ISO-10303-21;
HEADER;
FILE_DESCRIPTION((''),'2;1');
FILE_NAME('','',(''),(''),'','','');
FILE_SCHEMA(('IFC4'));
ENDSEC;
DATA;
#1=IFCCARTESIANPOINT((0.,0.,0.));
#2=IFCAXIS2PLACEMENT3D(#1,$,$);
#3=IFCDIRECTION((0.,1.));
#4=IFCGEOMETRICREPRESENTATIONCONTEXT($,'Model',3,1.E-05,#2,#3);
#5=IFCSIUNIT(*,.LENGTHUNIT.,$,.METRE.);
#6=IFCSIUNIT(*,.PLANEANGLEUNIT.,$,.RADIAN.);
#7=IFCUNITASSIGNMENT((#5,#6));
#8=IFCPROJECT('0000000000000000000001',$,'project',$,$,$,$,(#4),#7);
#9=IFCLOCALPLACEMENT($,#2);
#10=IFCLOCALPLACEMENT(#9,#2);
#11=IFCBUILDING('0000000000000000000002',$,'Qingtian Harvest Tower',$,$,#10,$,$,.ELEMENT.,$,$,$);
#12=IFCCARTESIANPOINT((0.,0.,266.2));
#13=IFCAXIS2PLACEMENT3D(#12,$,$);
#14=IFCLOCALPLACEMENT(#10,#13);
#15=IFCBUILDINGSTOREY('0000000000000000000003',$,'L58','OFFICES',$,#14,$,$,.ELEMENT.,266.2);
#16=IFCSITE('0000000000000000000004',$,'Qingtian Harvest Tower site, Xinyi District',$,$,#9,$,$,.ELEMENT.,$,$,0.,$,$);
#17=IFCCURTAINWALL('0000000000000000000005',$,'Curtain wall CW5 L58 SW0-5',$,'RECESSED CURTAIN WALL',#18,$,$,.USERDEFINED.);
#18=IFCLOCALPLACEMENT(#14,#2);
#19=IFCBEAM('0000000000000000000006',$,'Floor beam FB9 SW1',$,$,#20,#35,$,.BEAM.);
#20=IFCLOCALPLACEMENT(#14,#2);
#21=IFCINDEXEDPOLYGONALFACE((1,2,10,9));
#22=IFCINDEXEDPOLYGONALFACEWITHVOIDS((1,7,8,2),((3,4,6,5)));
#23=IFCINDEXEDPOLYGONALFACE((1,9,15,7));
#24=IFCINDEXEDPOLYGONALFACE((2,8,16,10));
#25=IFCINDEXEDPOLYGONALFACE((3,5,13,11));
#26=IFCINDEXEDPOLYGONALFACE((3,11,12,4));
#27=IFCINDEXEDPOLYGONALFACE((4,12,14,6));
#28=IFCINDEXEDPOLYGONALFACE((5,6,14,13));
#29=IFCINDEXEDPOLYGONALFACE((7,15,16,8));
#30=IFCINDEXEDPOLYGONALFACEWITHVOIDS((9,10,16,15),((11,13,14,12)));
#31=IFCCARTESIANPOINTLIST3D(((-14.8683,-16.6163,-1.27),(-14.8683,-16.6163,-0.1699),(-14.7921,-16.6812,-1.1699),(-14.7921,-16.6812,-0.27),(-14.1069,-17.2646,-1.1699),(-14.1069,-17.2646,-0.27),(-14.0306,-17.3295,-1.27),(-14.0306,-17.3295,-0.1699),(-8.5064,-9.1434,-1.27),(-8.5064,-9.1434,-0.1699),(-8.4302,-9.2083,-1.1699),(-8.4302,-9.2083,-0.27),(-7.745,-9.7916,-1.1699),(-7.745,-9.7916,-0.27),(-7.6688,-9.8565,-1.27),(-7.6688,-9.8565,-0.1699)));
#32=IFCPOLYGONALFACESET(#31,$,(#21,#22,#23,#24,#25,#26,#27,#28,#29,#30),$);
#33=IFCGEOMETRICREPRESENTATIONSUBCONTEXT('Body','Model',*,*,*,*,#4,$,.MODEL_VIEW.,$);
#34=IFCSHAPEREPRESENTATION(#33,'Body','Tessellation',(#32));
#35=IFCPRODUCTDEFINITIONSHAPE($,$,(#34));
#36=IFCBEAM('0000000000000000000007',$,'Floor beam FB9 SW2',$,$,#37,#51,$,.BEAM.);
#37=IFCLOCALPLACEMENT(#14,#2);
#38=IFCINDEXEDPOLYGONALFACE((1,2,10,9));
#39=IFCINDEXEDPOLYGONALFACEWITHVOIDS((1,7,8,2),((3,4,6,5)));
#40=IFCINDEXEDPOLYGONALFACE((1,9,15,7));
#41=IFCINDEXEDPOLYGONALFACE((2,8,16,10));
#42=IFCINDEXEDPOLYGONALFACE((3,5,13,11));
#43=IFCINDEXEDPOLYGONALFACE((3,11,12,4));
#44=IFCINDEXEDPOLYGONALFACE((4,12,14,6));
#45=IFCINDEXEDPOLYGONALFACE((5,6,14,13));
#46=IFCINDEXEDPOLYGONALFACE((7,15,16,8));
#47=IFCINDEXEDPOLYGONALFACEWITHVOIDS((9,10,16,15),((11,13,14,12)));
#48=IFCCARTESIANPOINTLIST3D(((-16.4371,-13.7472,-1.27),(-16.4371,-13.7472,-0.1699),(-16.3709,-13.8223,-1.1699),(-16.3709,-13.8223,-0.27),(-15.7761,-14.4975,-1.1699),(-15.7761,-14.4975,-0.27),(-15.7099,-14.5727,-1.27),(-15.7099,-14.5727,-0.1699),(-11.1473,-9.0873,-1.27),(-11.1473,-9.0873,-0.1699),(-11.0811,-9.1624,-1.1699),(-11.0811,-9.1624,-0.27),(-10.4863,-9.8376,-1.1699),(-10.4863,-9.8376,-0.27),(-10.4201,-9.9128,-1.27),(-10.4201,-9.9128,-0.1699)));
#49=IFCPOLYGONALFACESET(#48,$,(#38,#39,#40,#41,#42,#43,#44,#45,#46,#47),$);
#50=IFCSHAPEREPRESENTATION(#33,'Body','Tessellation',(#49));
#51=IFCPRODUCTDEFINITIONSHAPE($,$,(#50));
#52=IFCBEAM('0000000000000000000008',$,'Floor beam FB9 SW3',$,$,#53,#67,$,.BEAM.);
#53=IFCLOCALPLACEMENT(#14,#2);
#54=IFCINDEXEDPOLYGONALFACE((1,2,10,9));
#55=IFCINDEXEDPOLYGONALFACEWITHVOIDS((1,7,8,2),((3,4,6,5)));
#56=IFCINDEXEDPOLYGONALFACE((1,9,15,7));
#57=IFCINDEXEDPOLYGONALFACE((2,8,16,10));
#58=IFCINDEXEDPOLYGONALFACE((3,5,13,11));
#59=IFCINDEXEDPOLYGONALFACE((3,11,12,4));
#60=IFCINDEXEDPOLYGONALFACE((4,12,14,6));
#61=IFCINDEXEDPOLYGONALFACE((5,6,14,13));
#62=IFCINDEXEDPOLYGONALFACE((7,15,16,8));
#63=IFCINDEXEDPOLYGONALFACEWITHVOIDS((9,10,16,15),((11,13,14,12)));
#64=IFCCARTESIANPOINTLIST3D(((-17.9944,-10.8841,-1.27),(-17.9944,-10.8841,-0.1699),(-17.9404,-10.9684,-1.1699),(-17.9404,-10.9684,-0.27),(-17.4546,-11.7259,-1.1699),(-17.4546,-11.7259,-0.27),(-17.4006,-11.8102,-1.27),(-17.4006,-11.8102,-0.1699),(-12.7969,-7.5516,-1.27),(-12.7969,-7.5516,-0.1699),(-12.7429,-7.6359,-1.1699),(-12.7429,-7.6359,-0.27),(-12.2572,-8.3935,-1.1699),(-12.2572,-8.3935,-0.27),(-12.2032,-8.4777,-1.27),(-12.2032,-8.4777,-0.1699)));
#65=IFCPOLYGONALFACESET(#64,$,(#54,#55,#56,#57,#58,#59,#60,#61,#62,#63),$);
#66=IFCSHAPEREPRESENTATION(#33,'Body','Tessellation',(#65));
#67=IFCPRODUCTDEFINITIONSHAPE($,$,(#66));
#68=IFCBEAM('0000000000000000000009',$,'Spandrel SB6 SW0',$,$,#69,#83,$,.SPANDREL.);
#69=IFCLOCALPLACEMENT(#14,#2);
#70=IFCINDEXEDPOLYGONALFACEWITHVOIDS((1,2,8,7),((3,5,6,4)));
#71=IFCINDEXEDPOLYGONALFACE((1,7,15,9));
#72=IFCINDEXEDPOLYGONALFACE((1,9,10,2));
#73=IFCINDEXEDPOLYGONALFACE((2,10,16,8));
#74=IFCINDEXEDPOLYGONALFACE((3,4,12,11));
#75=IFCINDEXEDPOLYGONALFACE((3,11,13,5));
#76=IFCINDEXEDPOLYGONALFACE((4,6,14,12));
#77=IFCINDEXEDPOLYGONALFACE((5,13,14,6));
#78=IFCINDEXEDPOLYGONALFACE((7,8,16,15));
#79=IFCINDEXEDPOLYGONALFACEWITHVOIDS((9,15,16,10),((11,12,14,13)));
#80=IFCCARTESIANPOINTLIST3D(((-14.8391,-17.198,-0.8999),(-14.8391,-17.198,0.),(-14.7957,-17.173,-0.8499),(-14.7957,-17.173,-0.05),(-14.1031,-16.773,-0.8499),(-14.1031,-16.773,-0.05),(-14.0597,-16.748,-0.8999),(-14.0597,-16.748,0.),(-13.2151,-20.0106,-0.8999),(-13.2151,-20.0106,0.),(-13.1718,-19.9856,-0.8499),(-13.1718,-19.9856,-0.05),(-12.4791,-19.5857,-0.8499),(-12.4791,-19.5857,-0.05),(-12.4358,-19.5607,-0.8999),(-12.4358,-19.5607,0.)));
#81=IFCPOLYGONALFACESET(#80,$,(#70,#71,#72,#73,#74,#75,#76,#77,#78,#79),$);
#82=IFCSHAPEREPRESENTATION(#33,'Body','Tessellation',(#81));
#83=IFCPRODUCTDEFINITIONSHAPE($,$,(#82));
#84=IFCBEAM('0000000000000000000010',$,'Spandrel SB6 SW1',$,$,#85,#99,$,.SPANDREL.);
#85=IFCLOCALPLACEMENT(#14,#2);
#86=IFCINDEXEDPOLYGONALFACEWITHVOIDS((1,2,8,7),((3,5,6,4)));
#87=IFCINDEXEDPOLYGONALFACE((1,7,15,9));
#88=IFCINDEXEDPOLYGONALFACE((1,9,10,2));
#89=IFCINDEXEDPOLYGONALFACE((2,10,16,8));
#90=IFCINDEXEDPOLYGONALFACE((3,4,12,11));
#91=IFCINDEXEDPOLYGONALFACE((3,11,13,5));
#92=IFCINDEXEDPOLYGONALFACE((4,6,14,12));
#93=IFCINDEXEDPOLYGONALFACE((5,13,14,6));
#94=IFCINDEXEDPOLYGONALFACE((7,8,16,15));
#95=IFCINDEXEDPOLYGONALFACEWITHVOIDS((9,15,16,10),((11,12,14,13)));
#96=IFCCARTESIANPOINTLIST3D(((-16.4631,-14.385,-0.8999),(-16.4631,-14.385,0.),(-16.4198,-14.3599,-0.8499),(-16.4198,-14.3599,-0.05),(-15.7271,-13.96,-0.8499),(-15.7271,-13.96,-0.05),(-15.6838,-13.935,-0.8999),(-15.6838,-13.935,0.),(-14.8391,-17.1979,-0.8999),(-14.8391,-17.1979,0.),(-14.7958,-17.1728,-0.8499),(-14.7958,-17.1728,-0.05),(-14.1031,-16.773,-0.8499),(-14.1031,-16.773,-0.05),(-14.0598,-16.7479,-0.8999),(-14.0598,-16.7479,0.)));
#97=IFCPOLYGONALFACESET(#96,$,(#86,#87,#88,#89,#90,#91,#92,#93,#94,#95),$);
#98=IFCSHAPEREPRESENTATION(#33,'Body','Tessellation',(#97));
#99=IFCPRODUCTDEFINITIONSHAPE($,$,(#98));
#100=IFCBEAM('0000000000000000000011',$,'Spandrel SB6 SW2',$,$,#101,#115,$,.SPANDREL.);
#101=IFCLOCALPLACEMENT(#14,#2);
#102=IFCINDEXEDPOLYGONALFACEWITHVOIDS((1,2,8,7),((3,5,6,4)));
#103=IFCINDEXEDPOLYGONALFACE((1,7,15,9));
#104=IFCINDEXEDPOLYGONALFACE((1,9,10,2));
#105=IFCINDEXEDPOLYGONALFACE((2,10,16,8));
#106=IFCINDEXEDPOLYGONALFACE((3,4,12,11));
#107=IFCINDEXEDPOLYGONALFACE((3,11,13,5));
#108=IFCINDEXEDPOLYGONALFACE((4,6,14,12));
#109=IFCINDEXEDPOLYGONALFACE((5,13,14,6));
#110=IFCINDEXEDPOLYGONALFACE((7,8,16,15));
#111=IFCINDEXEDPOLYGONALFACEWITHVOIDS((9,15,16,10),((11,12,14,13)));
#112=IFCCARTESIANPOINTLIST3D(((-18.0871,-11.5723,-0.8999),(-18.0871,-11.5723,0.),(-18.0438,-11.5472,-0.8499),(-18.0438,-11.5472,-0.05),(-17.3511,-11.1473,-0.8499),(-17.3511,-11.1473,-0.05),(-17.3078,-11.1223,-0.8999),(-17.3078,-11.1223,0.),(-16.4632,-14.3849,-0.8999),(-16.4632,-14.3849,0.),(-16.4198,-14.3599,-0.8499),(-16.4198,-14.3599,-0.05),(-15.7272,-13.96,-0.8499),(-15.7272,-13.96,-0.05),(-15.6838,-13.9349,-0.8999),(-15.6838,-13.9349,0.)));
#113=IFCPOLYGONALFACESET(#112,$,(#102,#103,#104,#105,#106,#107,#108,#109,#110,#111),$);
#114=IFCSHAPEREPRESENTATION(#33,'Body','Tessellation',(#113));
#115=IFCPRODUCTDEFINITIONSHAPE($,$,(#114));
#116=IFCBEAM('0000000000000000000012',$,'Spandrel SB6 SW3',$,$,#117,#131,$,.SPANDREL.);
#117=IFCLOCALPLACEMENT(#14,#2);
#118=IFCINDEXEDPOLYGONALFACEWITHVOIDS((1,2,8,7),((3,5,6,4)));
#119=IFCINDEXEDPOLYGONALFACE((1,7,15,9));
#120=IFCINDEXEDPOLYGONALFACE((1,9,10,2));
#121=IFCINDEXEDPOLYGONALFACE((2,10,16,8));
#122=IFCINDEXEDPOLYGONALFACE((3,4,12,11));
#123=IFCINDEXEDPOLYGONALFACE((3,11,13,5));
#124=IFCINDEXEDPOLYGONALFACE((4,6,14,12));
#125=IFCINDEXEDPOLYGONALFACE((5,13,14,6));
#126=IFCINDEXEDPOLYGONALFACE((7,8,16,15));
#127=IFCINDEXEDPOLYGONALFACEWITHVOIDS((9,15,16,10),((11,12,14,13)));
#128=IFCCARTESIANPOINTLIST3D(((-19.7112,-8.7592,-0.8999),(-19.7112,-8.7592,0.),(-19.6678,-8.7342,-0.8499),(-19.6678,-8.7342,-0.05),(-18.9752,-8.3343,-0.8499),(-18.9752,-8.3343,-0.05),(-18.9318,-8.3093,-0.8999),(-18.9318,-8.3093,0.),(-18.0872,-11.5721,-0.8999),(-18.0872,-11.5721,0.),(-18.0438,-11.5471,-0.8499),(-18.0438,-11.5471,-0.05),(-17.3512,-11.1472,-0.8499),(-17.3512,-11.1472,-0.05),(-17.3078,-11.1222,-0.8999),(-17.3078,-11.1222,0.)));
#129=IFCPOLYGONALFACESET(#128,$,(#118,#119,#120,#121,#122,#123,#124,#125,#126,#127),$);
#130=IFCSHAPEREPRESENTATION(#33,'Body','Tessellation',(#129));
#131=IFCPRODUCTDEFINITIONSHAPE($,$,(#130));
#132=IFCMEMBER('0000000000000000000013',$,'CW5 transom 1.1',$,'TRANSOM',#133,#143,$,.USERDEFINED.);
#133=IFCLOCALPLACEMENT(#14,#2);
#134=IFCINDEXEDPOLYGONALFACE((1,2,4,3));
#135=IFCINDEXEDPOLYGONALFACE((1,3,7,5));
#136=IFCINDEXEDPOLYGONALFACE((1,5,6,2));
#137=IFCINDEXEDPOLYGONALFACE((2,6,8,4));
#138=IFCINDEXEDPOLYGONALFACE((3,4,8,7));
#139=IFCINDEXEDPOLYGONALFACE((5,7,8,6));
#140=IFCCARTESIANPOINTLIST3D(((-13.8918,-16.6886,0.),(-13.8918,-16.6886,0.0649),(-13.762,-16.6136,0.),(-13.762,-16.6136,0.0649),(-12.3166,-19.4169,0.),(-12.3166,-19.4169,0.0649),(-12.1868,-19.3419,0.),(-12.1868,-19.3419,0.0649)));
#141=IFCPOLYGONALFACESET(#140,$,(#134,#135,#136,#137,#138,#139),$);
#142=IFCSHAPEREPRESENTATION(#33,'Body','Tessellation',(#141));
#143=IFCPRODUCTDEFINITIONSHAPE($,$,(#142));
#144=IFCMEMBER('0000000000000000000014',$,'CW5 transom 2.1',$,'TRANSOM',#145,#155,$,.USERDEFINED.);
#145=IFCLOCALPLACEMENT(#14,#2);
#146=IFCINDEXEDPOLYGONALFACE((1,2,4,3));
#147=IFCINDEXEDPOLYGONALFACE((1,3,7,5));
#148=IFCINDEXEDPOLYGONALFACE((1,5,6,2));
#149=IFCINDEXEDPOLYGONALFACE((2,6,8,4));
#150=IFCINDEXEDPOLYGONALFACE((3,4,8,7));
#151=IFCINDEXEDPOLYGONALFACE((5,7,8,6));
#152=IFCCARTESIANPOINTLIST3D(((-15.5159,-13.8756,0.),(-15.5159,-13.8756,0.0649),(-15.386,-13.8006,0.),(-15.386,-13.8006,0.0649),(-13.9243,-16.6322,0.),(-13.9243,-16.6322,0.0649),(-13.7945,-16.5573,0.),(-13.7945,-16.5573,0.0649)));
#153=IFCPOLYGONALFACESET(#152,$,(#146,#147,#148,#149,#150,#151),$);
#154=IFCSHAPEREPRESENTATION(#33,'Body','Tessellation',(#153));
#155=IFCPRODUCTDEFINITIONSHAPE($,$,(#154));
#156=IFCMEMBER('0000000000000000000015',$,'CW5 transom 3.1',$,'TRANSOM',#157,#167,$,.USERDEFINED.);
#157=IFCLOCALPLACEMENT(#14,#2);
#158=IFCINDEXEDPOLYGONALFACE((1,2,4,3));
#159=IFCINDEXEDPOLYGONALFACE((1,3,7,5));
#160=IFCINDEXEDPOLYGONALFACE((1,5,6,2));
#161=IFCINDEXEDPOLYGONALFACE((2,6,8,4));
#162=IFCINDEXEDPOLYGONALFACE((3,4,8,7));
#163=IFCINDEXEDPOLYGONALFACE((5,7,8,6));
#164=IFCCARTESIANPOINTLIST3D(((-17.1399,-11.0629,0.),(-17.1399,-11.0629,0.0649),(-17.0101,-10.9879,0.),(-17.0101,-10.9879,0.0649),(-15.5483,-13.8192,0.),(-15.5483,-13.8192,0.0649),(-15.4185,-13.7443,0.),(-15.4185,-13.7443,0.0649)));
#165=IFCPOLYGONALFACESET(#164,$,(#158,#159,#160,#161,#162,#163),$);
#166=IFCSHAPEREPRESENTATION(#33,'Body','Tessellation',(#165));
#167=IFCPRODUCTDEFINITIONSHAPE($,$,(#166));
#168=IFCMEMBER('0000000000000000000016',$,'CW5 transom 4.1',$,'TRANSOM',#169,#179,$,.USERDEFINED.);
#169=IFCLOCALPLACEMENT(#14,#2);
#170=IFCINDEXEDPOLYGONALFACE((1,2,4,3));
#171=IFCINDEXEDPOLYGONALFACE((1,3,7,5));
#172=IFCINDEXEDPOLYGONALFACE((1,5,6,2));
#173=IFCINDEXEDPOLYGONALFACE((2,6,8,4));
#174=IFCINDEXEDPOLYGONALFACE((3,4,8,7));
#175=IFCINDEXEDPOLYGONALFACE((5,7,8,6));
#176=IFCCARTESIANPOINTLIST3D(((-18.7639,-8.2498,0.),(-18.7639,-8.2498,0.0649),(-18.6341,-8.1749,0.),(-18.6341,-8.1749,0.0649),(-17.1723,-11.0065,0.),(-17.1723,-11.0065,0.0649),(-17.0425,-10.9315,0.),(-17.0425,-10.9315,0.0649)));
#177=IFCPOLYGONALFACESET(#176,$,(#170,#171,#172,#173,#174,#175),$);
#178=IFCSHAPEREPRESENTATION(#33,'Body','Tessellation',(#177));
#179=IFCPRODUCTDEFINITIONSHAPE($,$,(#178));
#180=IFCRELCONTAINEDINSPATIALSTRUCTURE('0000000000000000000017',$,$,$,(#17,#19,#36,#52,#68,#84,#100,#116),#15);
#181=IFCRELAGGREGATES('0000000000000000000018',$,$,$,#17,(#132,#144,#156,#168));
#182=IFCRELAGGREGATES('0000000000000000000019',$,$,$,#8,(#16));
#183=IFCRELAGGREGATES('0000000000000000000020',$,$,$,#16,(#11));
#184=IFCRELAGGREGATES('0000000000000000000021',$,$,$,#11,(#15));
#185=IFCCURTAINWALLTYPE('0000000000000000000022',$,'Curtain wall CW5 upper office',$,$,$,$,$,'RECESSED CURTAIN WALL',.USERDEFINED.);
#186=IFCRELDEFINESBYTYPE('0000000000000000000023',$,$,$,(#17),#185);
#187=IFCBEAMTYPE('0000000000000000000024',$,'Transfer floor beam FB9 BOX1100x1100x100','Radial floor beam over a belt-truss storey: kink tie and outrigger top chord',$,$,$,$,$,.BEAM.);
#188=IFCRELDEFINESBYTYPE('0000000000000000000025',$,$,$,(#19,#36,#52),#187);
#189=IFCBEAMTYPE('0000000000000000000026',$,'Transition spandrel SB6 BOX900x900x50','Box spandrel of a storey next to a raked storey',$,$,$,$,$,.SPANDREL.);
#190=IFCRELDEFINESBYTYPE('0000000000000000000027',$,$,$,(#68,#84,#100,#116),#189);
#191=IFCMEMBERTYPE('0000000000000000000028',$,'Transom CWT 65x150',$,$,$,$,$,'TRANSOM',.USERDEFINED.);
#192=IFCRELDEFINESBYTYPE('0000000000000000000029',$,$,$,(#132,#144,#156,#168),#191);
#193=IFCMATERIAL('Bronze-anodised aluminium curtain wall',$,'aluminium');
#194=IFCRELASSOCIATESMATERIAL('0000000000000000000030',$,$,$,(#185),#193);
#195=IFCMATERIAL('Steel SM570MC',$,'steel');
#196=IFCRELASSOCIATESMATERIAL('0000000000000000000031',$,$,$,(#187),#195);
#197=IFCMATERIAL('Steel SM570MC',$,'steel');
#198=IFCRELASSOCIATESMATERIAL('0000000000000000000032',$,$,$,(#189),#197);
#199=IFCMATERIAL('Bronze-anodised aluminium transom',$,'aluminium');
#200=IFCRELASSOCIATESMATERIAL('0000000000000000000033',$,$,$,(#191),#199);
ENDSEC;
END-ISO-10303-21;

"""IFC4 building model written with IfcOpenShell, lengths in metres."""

from ifc_helpers import new_model, si_unit, direction, frame, origin, origin_2d, place, context, subcontext, project, spatial, rectangle, hollow_rectangle, extrude, material, material_profile, profile_set, type_object, element, aggregate, save


model = new_model("IFC4")

# Units and contexts
model_context = context("Model", 3, precision=1e-05, world=origin(), true_north=direction((0.0, 1.0)))
body_context = subcontext(model_context, "Body", "Model", "MODEL_VIEW")
ifc_project = project(units=[si_unit("LENGTHUNIT", "METRE"), si_unit("PLANEANGLEUNIT", "RADIAN")], contexts=[model_context])

# Site, building, storey
site_placement = place(None, origin())
site = spatial("IfcSite", under=ifc_project, at=site_placement, Name="Qingtian Harvest Tower site, Xinyi District", CompositionType="ELEMENT", RefElevation=0.0)
building_placement = place(site_placement, origin())
building = spatial("IfcBuilding", under=site, at=building_placement, Name="Qingtian Harvest Tower", CompositionType="ELEMENT")
storey_placement = place(building_placement, frame((0.0, 0.0, 266.2)))
storey = spatial("IfcBuildingStorey", under=building, at=storey_placement, Name="L58", Description="OFFICES", CompositionType="ELEMENT", Elevation=266.2)

# Curtain wall
ifc_material_1 = material(Name="Bronze-anodised aluminium curtain wall", Category="aluminium")
curtain_wall_type = type_object("IfcCurtainWallType", Name="Curtain wall CW5 upper office", ElementType="RECESSED CURTAIN WALL", PredefinedType="USERDEFINED", material=ifc_material_1)
curtain_wall_placement = place(storey_placement, origin())
curtain_wall = element("IfcCurtainWall", 1, at=curtain_wall_placement, inside=storey, type_object=curtain_wall_type, Name="Curtain wall CW5 L58 SW0-5", ObjectType="RECESSED CURTAIN WALL", PredefinedType="USERDEFINED")

# Beams
ifc_material_2 = material(Name="Steel SM570MC", Category="steel")
ifc_material_profile_1 = material_profile(ifc_material_2, hollow_rectangle(XDim=1.1001, YDim=1.1001, WallThickness=0.1001, at=origin_2d()), Name="BOX1100x1100x100")
ifc_profile_set_1 = profile_set([ifc_material_profile_1], Name="Steel SM570MC")
beam_type_1 = type_object("IfcBeamType", Name="Transfer floor beam FB9 BOX1100x1100x100", Description="Radial floor beam over a belt-truss storey: kink tie and outrigger top chord", PredefinedType="BEAM", material=ifc_profile_set_1)
beam_1_placement = place(storey_placement, frame((-14.4495, -16.9729, -0.72), z_axis=(0.648231, 0.761444, 0.0), x_axis=(-0.761444, 0.648231, 0.0)))
element("IfcBeam", 2, at=beam_1_placement, inside=storey, type_object=beam_type_1, Name="Floor beam FB9 SW1", PredefinedType="BEAM", context=body_context, shape_type="SweptSolid", body=[
    extrude(hollow_rectangle(XDim=1.1001, YDim=1.1001, WallThickness=0.1001, at=origin_2d()), origin(), (0.0, 0.0, 1.0), 9.8142),
])
beam_2_placement = place(storey_placement, frame((-16.0735, -14.1599, -0.72), z_axis=(0.750369, 0.661019, 0.0), x_axis=(-0.661019, 0.750369, 0.0)))
element("IfcBeam", 3, at=beam_2_placement, inside=storey, type_object=beam_type_1, Name="Floor beam FB9 SW2", PredefinedType="BEAM", context=body_context, shape_type="SweptSolid", body=[
    extrude(hollow_rectangle(XDim=1.1001, YDim=1.1001, WallThickness=0.1001, at=origin_2d()), origin(), (0.0, 0.0, 1.0), 7.0496),
])
beam_3_placement = place(storey_placement, frame((-17.6975, -11.3472, -0.72), z_axis=(0.841822, 0.539756, 0.0), x_axis=(-0.539756, 0.841822, 0.0)))
element("IfcBeam", 4, at=beam_3_placement, inside=storey, type_object=beam_type_1, Name="Floor beam FB9 SW3", PredefinedType="BEAM", context=body_context, shape_type="SweptSolid", body=[
    extrude(hollow_rectangle(XDim=1.1001, YDim=1.1001, WallThickness=0.1001, at=origin_2d()), origin(), (0.0, 0.0, 1.0), 6.1741),
])
ifc_material_3 = material(Name="Steel SM570MC", Category="steel")
ifc_material_profile_2 = material_profile(ifc_material_3, hollow_rectangle(XDim=0.8999, YDim=0.8999, WallThickness=0.05, at=origin_2d()), Name="BOX900x900x50")
ifc_profile_set_2 = profile_set([ifc_material_profile_2], Name="Steel SM570MC")
beam_type_2 = type_object("IfcBeamType", Name="Transition spandrel SB6 BOX900x900x50", Description="Box spandrel of a storey next to a raked storey", PredefinedType="SPANDREL", material=ifc_profile_set_2)
beam_4_placement = place(storey_placement, frame((-12.8254, -19.7856, -0.45), z_axis=(-0.50002, 0.866014, 0.0), x_axis=(-0.866014, -0.50002, 0.0)))
element("IfcBeam", 5, at=beam_4_placement, inside=storey, type_object=beam_type_2, Name="Spandrel SB6 SW0", PredefinedType="SPANDREL", context=body_context, shape_type="SweptSolid", body=[
    extrude(hollow_rectangle(XDim=0.8999, YDim=0.8999, WallThickness=0.05, at=origin_2d()), origin(), (0.0, 0.0, 1.0), 3.2478),
])
beam_5_placement = place(storey_placement, frame((-14.4495, -16.9729, -0.45), z_axis=(-0.499987, 0.866033, 0.0), x_axis=(-0.866033, -0.499987, 0.0)))
element("IfcBeam", 6, at=beam_5_placement, inside=storey, type_object=beam_type_2, Name="Spandrel SB6 SW1", PredefinedType="SPANDREL", context=body_context, shape_type="SweptSolid", body=[
    extrude(hollow_rectangle(XDim=0.8999, YDim=0.8999, WallThickness=0.05, at=origin_2d()), origin(), (0.0, 0.0, 1.0), 3.248),
])
beam_6_placement = place(storey_placement, frame((-16.0735, -14.1599, -0.45), z_axis=(-0.50002, 0.866014, 0.0), x_axis=(-0.866014, -0.50002, 0.0)))
element("IfcBeam", 7, at=beam_6_placement, inside=storey, type_object=beam_type_2, Name="Spandrel SB6 SW2", PredefinedType="SPANDREL", context=body_context, shape_type="SweptSolid", body=[
    extrude(hollow_rectangle(XDim=0.8999, YDim=0.8999, WallThickness=0.05, at=origin_2d()), origin(), (0.0, 0.0, 1.0), 3.2478),
])
beam_7_placement = place(storey_placement, frame((-17.6975, -11.3472, -0.45), z_axis=(-0.499987, 0.866033, 0.0), x_axis=(-0.866033, -0.499987, 0.0)))
element("IfcBeam", 8, at=beam_7_placement, inside=storey, type_object=beam_type_2, Name="Spandrel SB6 SW3", PredefinedType="SPANDREL", context=body_context, shape_type="SweptSolid", body=[
    extrude(hollow_rectangle(XDim=0.8999, YDim=0.8999, WallThickness=0.05, at=origin_2d()), origin(), (0.0, 0.0, 1.0), 3.248),
])

# Members
ifc_material_4 = material(Name="Bronze-anodised aluminium transom", Category="aluminium")
ifc_material_profile_3 = material_profile(ifc_material_4, rectangle(XDim=0.1499, YDim=0.0649, at=origin_2d()), Name="AL 65x150")
ifc_profile_set_3 = profile_set([ifc_material_profile_3], Name="Bronze-anodised aluminium transom")
member_type_1 = type_object("IfcMemberType", Name="Transom CWT 65x150", ElementType="TRANSOM", PredefinedType="USERDEFINED", material=ifc_profile_set_3)
member_1_placement = place(storey_placement, frame((-12.2517, -19.3794, 0.0325), z_axis=(-0.500006, 0.866022, 0.0), x_axis=(-0.866022, -0.500006, 0.0)))
member_1 = element("IfcMember", 9, at=member_1_placement, type_object=member_type_1, Name="CW5 transom 1.1", ObjectType="TRANSOM", PredefinedType="USERDEFINED", context=body_context, shape_type="SweptSolid", body=[
    extrude(rectangle(XDim=0.1499, YDim=0.0649, at=origin_2d()), origin(), (0.0, 0.0, 1.0), 3.1504),
])
member_2_placement = place(storey_placement, frame((-13.8594, -16.5947, 0.0325), z_axis=(-0.500008, 0.866021, 0.0), x_axis=(-0.866021, -0.500008, 0.0)))
member_2 = element("IfcMember", 10, at=member_2_placement, type_object=member_type_1, Name="CW5 transom 2.1", ObjectType="TRANSOM", PredefinedType="USERDEFINED", context=body_context, shape_type="SweptSolid", body=[
    extrude(rectangle(XDim=0.1499, YDim=0.0649, at=origin_2d()), origin(), (0.0, 0.0, 1.0), 3.1831),
])
member_3_placement = place(storey_placement, frame((-15.4834, -13.7817, 0.0325), z_axis=(-0.500041, 0.866002, 0.0), x_axis=(-0.866002, -0.500041, 0.0)))
member_3 = element("IfcMember", 11, at=member_3_placement, type_object=member_type_1, Name="CW5 transom 3.1", ObjectType="TRANSOM", PredefinedType="USERDEFINED", context=body_context, shape_type="SweptSolid", body=[
    extrude(rectangle(XDim=0.1499, YDim=0.0649, at=origin_2d()), origin(), (0.0, 0.0, 1.0), 3.1829),
])
member_4_placement = place(storey_placement, frame((-17.1074, -10.969, 0.0325), z_axis=(-0.500008, 0.866021, 0.0), x_axis=(-0.866021, -0.500008, 0.0)))
member_4 = element("IfcMember", 12, at=member_4_placement, type_object=member_type_1, Name="CW5 transom 4.1", ObjectType="TRANSOM", PredefinedType="USERDEFINED", context=body_context, shape_type="SweptSolid", body=[
    extrude(rectangle(XDim=0.1499, YDim=0.0649, at=origin_2d()), origin(), (0.0, 0.0, 1.0), 3.1831),
])

aggregate(curtain_wall, [member_1, member_2, member_3, member_4])

save(model, "model.ifc")
